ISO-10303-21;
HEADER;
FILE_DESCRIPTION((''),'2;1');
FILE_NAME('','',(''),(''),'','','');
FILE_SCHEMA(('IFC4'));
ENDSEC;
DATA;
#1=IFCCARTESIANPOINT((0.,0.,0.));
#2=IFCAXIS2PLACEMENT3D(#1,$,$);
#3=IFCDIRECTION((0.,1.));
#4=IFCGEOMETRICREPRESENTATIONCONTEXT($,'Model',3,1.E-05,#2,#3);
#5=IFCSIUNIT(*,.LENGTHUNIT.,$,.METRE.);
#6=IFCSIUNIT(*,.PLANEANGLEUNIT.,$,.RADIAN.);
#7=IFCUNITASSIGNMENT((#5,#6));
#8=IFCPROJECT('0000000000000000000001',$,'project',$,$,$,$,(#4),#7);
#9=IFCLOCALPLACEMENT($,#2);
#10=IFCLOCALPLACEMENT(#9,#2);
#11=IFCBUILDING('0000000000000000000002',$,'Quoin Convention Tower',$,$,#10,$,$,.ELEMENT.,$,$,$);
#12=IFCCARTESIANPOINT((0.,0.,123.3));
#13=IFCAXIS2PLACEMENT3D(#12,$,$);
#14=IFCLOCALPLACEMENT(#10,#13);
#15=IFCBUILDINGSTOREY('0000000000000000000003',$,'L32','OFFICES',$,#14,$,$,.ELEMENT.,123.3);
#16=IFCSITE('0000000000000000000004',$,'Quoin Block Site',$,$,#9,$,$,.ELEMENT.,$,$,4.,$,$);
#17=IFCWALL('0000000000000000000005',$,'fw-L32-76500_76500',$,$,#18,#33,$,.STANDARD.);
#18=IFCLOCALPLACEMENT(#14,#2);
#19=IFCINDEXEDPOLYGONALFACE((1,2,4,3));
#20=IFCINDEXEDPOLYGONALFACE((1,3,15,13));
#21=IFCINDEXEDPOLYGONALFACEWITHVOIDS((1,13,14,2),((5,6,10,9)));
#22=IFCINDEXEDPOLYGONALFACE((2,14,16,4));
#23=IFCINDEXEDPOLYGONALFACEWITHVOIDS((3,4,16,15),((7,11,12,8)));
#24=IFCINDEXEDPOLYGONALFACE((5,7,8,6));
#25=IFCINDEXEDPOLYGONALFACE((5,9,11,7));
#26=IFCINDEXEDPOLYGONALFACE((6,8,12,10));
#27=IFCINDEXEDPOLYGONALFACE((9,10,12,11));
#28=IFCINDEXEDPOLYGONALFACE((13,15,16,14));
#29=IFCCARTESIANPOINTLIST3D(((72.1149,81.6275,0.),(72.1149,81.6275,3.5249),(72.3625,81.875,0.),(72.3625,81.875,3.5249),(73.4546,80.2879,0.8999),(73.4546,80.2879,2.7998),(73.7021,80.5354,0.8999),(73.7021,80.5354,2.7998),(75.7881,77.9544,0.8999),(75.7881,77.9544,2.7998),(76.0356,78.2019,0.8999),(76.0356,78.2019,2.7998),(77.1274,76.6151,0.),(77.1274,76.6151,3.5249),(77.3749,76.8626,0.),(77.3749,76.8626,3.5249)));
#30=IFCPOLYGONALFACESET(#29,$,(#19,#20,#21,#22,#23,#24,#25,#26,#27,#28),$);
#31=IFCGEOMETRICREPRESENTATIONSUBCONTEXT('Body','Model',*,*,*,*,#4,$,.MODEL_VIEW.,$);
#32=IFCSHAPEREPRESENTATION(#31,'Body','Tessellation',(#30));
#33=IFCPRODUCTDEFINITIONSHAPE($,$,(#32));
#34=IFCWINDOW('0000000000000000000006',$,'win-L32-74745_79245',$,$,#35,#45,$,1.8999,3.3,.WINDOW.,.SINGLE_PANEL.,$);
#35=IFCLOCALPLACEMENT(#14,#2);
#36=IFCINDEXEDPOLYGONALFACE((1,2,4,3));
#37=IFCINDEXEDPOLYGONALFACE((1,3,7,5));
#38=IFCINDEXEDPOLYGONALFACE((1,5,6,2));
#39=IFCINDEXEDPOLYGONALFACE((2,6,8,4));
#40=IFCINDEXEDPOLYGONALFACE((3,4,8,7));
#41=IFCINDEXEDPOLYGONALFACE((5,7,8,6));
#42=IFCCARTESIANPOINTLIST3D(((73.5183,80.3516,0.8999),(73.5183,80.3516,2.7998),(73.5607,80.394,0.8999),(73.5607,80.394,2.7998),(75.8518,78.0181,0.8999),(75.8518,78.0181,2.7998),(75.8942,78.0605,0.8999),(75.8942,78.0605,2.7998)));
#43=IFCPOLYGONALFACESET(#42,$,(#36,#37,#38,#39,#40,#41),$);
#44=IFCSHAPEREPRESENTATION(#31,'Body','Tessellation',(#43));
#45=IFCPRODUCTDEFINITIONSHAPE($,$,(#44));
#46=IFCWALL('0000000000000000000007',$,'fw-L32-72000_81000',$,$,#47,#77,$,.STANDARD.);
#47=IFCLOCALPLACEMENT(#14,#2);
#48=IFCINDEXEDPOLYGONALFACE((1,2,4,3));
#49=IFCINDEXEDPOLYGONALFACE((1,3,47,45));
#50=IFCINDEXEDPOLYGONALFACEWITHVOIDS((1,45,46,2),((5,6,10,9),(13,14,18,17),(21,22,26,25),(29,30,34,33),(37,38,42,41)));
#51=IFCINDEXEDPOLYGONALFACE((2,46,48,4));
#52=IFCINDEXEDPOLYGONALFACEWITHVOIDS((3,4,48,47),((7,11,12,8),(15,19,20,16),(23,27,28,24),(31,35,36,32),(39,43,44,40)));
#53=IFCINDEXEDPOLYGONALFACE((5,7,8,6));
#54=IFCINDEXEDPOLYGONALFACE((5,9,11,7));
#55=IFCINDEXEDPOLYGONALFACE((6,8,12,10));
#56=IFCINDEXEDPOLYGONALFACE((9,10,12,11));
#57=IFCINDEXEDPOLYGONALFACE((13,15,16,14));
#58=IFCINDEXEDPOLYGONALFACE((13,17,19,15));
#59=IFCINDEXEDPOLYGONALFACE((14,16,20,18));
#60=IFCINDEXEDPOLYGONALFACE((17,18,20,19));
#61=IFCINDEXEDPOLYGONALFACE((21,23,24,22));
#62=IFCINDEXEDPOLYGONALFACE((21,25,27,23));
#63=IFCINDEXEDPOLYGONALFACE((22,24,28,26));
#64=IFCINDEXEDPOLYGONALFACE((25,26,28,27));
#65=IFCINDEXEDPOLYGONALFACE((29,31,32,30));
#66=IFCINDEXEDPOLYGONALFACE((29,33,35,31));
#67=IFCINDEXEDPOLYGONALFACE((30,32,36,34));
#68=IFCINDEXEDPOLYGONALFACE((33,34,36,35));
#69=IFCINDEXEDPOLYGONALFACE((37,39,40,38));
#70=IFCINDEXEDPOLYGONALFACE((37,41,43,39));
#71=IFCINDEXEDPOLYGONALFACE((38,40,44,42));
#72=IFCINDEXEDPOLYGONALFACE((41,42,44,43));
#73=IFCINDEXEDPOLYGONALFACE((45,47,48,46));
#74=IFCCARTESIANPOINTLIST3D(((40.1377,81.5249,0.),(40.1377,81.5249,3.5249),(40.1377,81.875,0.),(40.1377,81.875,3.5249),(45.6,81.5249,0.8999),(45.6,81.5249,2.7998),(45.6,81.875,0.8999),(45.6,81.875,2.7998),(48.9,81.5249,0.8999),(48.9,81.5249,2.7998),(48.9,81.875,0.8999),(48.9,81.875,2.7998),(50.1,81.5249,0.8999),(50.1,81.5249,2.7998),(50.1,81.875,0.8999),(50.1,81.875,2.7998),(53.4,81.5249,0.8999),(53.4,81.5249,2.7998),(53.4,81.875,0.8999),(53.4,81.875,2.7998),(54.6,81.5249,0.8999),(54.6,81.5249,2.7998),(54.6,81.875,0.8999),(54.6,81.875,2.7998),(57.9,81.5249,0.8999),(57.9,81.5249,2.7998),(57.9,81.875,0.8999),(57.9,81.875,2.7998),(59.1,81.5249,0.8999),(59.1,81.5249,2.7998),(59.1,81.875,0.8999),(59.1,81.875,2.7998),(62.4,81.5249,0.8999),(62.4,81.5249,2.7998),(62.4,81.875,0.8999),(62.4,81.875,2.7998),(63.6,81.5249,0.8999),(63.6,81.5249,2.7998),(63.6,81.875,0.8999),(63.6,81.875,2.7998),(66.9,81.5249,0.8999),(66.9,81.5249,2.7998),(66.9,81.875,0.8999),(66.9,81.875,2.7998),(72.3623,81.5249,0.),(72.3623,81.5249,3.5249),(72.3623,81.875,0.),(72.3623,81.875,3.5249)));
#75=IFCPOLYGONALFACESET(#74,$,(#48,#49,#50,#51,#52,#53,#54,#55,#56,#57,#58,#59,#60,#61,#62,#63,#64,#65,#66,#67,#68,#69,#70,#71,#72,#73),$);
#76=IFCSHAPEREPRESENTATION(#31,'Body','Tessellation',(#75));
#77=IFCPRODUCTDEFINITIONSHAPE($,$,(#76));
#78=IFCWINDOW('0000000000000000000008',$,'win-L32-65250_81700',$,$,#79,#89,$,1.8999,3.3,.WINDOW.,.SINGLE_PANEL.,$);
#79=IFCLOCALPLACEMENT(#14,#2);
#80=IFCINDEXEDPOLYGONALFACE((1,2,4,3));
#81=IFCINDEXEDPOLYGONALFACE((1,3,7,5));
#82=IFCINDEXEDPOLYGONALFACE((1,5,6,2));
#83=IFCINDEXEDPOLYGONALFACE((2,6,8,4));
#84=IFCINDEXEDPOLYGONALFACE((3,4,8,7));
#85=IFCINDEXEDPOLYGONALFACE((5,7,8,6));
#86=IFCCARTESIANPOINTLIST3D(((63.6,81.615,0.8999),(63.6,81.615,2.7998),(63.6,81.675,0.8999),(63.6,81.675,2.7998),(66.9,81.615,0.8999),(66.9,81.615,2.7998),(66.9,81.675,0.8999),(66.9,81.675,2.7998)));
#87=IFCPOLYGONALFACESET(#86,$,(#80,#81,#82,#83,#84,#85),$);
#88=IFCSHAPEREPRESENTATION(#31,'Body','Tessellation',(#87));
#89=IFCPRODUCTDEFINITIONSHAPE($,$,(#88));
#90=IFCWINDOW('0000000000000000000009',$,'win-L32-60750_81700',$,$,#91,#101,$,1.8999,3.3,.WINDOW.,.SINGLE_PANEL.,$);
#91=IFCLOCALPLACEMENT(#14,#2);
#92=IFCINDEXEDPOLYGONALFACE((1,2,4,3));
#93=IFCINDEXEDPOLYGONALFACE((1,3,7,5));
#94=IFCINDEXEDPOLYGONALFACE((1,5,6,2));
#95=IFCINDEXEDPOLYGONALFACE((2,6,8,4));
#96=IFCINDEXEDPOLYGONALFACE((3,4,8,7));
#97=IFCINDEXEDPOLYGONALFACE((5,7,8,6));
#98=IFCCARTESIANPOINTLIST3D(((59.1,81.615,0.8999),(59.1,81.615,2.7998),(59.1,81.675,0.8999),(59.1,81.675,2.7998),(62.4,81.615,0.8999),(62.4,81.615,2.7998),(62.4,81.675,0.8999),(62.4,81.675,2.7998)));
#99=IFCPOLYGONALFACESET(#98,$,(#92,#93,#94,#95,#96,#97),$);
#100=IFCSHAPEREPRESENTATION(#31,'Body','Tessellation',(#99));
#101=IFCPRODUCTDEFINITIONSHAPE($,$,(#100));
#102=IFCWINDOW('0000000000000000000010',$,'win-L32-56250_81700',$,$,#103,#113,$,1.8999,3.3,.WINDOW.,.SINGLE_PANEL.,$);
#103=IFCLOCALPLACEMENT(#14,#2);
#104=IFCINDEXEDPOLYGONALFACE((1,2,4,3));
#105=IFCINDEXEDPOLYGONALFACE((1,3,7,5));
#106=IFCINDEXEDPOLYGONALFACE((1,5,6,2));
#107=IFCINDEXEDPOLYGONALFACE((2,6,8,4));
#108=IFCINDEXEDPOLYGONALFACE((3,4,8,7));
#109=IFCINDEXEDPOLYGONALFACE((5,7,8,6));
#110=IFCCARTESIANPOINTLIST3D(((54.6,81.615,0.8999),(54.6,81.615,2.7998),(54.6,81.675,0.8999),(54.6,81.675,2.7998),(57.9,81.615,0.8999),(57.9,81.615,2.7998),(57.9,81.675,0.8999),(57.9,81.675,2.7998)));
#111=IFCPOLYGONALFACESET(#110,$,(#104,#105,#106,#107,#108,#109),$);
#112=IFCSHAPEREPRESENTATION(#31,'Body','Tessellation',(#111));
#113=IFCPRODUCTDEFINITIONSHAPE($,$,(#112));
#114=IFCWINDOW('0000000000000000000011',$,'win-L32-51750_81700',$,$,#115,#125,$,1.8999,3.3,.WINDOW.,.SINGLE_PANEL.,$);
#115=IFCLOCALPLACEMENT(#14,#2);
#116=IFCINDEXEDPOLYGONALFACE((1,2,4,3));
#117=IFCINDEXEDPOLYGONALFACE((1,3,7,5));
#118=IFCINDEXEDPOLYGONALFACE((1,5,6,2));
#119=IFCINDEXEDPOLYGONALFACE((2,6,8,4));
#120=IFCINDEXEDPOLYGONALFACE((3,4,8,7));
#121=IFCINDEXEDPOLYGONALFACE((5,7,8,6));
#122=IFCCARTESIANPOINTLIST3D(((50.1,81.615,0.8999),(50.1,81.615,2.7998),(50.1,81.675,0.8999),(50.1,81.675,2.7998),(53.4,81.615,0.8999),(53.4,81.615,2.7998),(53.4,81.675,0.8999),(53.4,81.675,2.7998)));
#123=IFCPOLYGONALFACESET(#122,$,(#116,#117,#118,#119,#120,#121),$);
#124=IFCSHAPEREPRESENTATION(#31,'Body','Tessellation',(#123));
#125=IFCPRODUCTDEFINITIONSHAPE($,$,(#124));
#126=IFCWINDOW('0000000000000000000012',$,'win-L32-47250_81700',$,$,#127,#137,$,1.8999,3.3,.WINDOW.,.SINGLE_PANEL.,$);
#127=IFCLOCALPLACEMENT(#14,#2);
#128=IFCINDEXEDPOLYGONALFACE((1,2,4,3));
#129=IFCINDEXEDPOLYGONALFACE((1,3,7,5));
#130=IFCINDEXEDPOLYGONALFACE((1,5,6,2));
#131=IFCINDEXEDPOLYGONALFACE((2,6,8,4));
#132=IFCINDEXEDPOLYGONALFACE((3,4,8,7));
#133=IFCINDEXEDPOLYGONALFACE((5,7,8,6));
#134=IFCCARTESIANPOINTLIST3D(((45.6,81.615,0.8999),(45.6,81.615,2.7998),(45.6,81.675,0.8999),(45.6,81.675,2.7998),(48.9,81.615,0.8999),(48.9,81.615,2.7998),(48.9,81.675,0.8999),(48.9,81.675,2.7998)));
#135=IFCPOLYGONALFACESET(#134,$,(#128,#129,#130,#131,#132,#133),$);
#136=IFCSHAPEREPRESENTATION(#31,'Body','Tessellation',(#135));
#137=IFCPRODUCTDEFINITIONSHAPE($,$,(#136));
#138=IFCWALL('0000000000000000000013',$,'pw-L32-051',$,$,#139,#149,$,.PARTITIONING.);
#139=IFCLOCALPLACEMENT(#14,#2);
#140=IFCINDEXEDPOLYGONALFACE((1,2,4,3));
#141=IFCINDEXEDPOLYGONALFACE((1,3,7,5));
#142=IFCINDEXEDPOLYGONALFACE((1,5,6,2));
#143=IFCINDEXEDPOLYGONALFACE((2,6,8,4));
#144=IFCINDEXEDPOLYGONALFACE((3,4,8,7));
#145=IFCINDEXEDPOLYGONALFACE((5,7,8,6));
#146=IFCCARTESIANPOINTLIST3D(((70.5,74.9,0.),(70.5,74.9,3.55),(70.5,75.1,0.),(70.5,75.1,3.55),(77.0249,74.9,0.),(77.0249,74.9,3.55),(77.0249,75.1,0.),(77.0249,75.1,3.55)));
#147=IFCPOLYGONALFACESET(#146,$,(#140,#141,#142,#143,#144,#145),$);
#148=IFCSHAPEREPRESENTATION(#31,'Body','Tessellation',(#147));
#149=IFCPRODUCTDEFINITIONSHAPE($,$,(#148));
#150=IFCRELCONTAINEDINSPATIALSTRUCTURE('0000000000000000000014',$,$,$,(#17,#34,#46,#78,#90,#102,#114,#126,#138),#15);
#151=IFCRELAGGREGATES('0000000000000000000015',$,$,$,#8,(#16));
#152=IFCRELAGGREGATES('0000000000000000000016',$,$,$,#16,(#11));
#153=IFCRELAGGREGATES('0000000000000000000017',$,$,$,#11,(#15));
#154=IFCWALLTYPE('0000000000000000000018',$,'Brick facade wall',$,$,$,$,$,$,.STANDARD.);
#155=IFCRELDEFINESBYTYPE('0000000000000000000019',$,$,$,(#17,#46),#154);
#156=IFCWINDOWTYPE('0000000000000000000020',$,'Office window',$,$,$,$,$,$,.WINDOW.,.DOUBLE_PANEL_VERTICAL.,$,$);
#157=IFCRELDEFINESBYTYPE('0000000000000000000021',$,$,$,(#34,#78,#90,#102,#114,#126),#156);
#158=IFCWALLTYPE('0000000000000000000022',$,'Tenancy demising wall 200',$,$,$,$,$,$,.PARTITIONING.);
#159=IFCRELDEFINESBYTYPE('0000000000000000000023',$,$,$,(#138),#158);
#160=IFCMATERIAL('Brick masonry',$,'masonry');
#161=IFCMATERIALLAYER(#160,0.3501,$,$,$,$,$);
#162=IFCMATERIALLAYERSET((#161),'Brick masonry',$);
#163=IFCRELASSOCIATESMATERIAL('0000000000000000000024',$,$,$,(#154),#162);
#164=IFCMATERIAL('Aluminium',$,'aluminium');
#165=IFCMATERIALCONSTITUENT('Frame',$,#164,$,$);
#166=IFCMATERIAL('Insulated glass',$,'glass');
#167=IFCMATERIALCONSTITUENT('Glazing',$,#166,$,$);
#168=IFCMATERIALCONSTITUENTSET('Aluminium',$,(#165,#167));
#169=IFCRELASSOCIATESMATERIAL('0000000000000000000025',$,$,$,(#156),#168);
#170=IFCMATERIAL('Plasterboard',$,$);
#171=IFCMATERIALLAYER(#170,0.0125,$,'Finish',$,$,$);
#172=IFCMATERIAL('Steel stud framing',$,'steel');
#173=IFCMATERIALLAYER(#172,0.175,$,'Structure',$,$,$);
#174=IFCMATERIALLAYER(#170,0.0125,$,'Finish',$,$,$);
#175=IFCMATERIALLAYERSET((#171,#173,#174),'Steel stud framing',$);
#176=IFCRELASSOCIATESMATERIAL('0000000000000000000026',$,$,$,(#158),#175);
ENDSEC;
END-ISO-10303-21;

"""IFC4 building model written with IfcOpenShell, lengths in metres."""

from ifc_helpers import new_model, si_unit, direction, frame, frame_2d, origin, place, context, subcontext, project, spatial, rectangle, extrude, material, layer, layer_set, constituent, constituent_set, type_object, element, fill, save


model = new_model("IFC4")

# Units and contexts
model_context = context("Model", 3, precision=1e-05, world=origin(), true_north=direction((0.0, 1.0)))
body_context = subcontext(model_context, "Body", "Model", "MODEL_VIEW")
ifc_project = project(units=[si_unit("LENGTHUNIT", "METRE"), si_unit("PLANEANGLEUNIT", "RADIAN")], contexts=[model_context])

# Site, building, storey
site_placement = place(None, origin())
site = spatial("IfcSite", under=ifc_project, at=site_placement, Name="Quoin Block Site", CompositionType="ELEMENT", RefElevation=4.0)
building_placement = place(site_placement, origin())
building = spatial("IfcBuilding", under=site, at=building_placement, Name="Quoin Convention Tower", CompositionType="ELEMENT")
storey_placement = place(building_placement, frame((0.0, 0.0, 123.3)))
storey = spatial("IfcBuildingStorey", under=building, at=storey_placement, Name="L32", Description="OFFICES", CompositionType="ELEMENT", Elevation=123.3)

# Shared definitions
ifc_material_1 = material(Name="Plasterboard")
ifc_material_2 = material(Name="Steel stud framing", Category="steel")

# Wall, opening, window
ifc_material_3 = material(Name="Brick masonry", Category="masonry")
ifc_layer_1 = layer(ifc_material_3, 0.3501)
ifc_layer_set_1 = layer_set([ifc_layer_1], Name="Brick masonry")
wall_type_1 = type_object("IfcWallType", Name="Brick facade wall", PredefinedType="STANDARD", material=ifc_layer_set_1)
wall_1_placement = place(storey_placement, frame((77.2512, 76.7388, 0.0), z_axis=(0.0, 0.0, 1.0), x_axis=(-0.707107, 0.707107, 0.0)))
wall_1 = element("IfcWall", 1, at=wall_1_placement, inside=storey, type_object=wall_type_1, Name="fw-L32-76500_76500", PredefinedType="STANDARD", context=body_context, shape_type="SweptSolid", body=[
    extrude(rectangle(XDim=7.0886, YDim=0.3501, at=frame_2d((3.5444, 0.0))), origin(), (0.0, 0.0, 1.0), 3.5249),
])
opening_1_placement = place(wall_1_placement, frame((1.8943, 0.0, 0.8999)))
opening_1 = element("IfcOpeningElement", 2, at=opening_1_placement, cuts=wall_1, PredefinedType="OPENING", context=body_context, shape_type="SweptSolid", body=[
    extrude(rectangle(XDim=3.3, YDim=1.8999, at=frame_2d((1.6499, 0.95))), frame((0.0, 0.1851, 0.0), z_axis=(0.0, -1.0, 0.0), x_axis=(1.0, 0.0, 0.0)), (0.0, 0.0, 1.0), 0.3701),
])
ifc_material_4 = material(Name="Aluminium", Category="aluminium")
ifc_constituent_1 = constituent(ifc_material_4, Name="Frame")
ifc_material_5 = material(Name="Insulated glass", Category="glass")
ifc_constituent_2 = constituent(ifc_material_5, Name="Glazing")
ifc_constituent_set = constituent_set(constituents=[ifc_constituent_1, ifc_constituent_2], Name="Aluminium")
window_type = type_object("IfcWindowType", Name="Office window", PartitioningType="DOUBLE_PANEL_VERTICAL", PredefinedType="WINDOW", material=ifc_constituent_set)
window_1_placement = place(opening_1_placement, origin())
window_1 = element("IfcWindow", 3, at=window_1_placement, inside=storey, type_object=window_type, Name="win-L32-74745_79245", OverallHeight=1.8999, OverallWidth=3.3, PartitioningType="SINGLE_PANEL", PredefinedType="WINDOW", context=body_context, shape_type="SweptSolid", body=[
    extrude(rectangle(XDim=3.3, YDim=1.8999, at=frame_2d((1.6499, 0.95))), frame((0.0, 0.085, 0.0), z_axis=(0.0, -1.0, 0.0), x_axis=(1.0, 0.0, 0.0)), (0.0, 0.0, 1.0), 0.0601),
])
fill(opening_1, window_1)

# Wall, openings, windows
wall_2_placement = place(storey_placement, frame((72.3623, 81.7, 0.0), z_axis=(0.0, 0.0, 1.0), x_axis=(-1.0, 0.0, 0.0)))
wall_2 = element("IfcWall", 4, at=wall_2_placement, inside=storey, type_object=wall_type_1, Name="fw-L32-72000_81000", PredefinedType="STANDARD", context=body_context, shape_type="SweptSolid", body=[
    extrude(rectangle(XDim=32.2246, YDim=0.3501, at=frame_2d((16.1123, 0.0))), origin(), (0.0, 0.0, 1.0), 3.5249),
])
opening_2_placement = place(wall_2_placement, frame((5.4624, 0.0, 0.8999)))
opening_2 = element("IfcOpeningElement", 5, at=opening_2_placement, cuts=wall_2, PredefinedType="OPENING", context=body_context, shape_type="SweptSolid", body=[
    extrude(rectangle(XDim=3.3, YDim=1.8999, at=frame_2d((1.6499, 0.95))), frame((0.0, 0.1851, 0.0), z_axis=(0.0, -1.0, 0.0), x_axis=(1.0, 0.0, 0.0)), (0.0, 0.0, 1.0), 0.3701),
])
opening_3_placement = place(wall_2_placement, frame((9.9624, 0.0, 0.8999)))
opening_3 = element("IfcOpeningElement", 6, at=opening_3_placement, cuts=wall_2, PredefinedType="OPENING", context=body_context, shape_type="SweptSolid", body=[
    extrude(rectangle(XDim=3.3, YDim=1.8999, at=frame_2d((1.6499, 0.95))), frame((0.0, 0.1851, 0.0), z_axis=(0.0, -1.0, 0.0), x_axis=(1.0, 0.0, 0.0)), (0.0, 0.0, 1.0), 0.3701),
])
opening_4_placement = place(wall_2_placement, frame((14.4624, 0.0, 0.8999)))
opening_4 = element("IfcOpeningElement", 7, at=opening_4_placement, cuts=wall_2, PredefinedType="OPENING", context=body_context, shape_type="SweptSolid", body=[
    extrude(rectangle(XDim=3.3, YDim=1.8999, at=frame_2d((1.6499, 0.95))), frame((0.0, 0.1851, 0.0), z_axis=(0.0, -1.0, 0.0), x_axis=(1.0, 0.0, 0.0)), (0.0, 0.0, 1.0), 0.3701),
])
opening_5_placement = place(wall_2_placement, frame((18.9624, 0.0, 0.8999)))
opening_5 = element("IfcOpeningElement", 8, at=opening_5_placement, cuts=wall_2, PredefinedType="OPENING", context=body_context, shape_type="SweptSolid", body=[
    extrude(rectangle(XDim=3.3, YDim=1.8999, at=frame_2d((1.6499, 0.95))), frame((0.0, 0.1851, 0.0), z_axis=(0.0, -1.0, 0.0), x_axis=(1.0, 0.0, 0.0)), (0.0, 0.0, 1.0), 0.3701),
])
opening_6_placement = place(wall_2_placement, frame((23.4624, 0.0, 0.8999)))
opening_6 = element("IfcOpeningElement", 9, at=opening_6_placement, cuts=wall_2, PredefinedType="OPENING", context=body_context, shape_type="SweptSolid", body=[
    extrude(rectangle(XDim=3.3, YDim=1.8999, at=frame_2d((1.6499, 0.95))), frame((0.0, 0.1851, 0.0), z_axis=(0.0, -1.0, 0.0), x_axis=(1.0, 0.0, 0.0)), (0.0, 0.0, 1.0), 0.3701),
])
window_2_placement = place(opening_2_placement, origin())
window_2 = element("IfcWindow", 10, at=window_2_placement, inside=storey, type_object=window_type, Name="win-L32-65250_81700", OverallHeight=1.8999, OverallWidth=3.3, PartitioningType="SINGLE_PANEL", PredefinedType="WINDOW", context=body_context, shape_type="SweptSolid", body=[
    extrude(rectangle(XDim=3.3, YDim=1.8999, at=frame_2d((1.6499, 0.95))), frame((0.0, 0.085, 0.0), z_axis=(0.0, -1.0, 0.0), x_axis=(1.0, 0.0, 0.0)), (0.0, 0.0, 1.0), 0.0601),
])
fill(opening_2, window_2)
window_3_placement = place(opening_3_placement, origin())
window_3 = element("IfcWindow", 11, at=window_3_placement, inside=storey, type_object=window_type, Name="win-L32-60750_81700", OverallHeight=1.8999, OverallWidth=3.3, PartitioningType="SINGLE_PANEL", PredefinedType="WINDOW", context=body_context, shape_type="SweptSolid", body=[
    extrude(rectangle(XDim=3.3, YDim=1.8999, at=frame_2d((1.6499, 0.95))), frame((0.0, 0.085, 0.0), z_axis=(0.0, -1.0, 0.0), x_axis=(1.0, 0.0, 0.0)), (0.0, 0.0, 1.0), 0.0601),
])
fill(opening_3, window_3)
window_4_placement = place(opening_4_placement, origin())
window_4 = element("IfcWindow", 12, at=window_4_placement, inside=storey, type_object=window_type, Name="win-L32-56250_81700", OverallHeight=1.8999, OverallWidth=3.3, PartitioningType="SINGLE_PANEL", PredefinedType="WINDOW", context=body_context, shape_type="SweptSolid", body=[
    extrude(rectangle(XDim=3.3, YDim=1.8999, at=frame_2d((1.6499, 0.95))), frame((0.0, 0.085, 0.0), z_axis=(0.0, -1.0, 0.0), x_axis=(1.0, 0.0, 0.0)), (0.0, 0.0, 1.0), 0.0601),
])
fill(opening_4, window_4)
window_5_placement = place(opening_5_placement, origin())
window_5 = element("IfcWindow", 13, at=window_5_placement, inside=storey, type_object=window_type, Name="win-L32-51750_81700", OverallHeight=1.8999, OverallWidth=3.3, PartitioningType="SINGLE_PANEL", PredefinedType="WINDOW", context=body_context, shape_type="SweptSolid", body=[
    extrude(rectangle(XDim=3.3, YDim=1.8999, at=frame_2d((1.6499, 0.95))), frame((0.0, 0.085, 0.0), z_axis=(0.0, -1.0, 0.0), x_axis=(1.0, 0.0, 0.0)), (0.0, 0.0, 1.0), 0.0601),
])
fill(opening_5, window_5)
window_6_placement = place(opening_6_placement, origin())
window_6 = element("IfcWindow", 14, at=window_6_placement, inside=storey, type_object=window_type, Name="win-L32-47250_81700", OverallHeight=1.8999, OverallWidth=3.3, PartitioningType="SINGLE_PANEL", PredefinedType="WINDOW", context=body_context, shape_type="SweptSolid", body=[
    extrude(rectangle(XDim=3.3, YDim=1.8999, at=frame_2d((1.6499, 0.95))), frame((0.0, 0.085, 0.0), z_axis=(0.0, -1.0, 0.0), x_axis=(1.0, 0.0, 0.0)), (0.0, 0.0, 1.0), 0.0601),
])
fill(opening_6, window_6)

# Wall
ifc_layer_2 = layer(ifc_material_1, 0.0125, Name="Finish")
ifc_layer_3 = layer(ifc_material_2, 0.175, Name="Structure")
ifc_layer_4 = layer(ifc_material_1, 0.0125, Name="Finish")
ifc_layer_set_2 = layer_set([ifc_layer_2, ifc_layer_3, ifc_layer_4], Name="Steel stud framing")
wall_type_2 = type_object("IfcWallType", Name="Tenancy demising wall 200", PredefinedType="PARTITIONING", material=ifc_layer_set_2)
wall_3_placement = place(storey_placement, frame((70.5, 75.0, 0.0), z_axis=(0.0, 0.0, 1.0), x_axis=(1.0, 0.0, 0.0)))
element("IfcWall", 15, at=wall_3_placement, inside=storey, type_object=wall_type_2, Name="pw-L32-051", PredefinedType="PARTITIONING", context=body_context, shape_type="SweptSolid", body=[
    extrude(rectangle(XDim=6.5249, YDim=0.2, at=frame_2d((3.2625, 0.0))), origin(), (0.0, 0.0, 1.0), 3.55),
])

save(model, "model.ifc")
